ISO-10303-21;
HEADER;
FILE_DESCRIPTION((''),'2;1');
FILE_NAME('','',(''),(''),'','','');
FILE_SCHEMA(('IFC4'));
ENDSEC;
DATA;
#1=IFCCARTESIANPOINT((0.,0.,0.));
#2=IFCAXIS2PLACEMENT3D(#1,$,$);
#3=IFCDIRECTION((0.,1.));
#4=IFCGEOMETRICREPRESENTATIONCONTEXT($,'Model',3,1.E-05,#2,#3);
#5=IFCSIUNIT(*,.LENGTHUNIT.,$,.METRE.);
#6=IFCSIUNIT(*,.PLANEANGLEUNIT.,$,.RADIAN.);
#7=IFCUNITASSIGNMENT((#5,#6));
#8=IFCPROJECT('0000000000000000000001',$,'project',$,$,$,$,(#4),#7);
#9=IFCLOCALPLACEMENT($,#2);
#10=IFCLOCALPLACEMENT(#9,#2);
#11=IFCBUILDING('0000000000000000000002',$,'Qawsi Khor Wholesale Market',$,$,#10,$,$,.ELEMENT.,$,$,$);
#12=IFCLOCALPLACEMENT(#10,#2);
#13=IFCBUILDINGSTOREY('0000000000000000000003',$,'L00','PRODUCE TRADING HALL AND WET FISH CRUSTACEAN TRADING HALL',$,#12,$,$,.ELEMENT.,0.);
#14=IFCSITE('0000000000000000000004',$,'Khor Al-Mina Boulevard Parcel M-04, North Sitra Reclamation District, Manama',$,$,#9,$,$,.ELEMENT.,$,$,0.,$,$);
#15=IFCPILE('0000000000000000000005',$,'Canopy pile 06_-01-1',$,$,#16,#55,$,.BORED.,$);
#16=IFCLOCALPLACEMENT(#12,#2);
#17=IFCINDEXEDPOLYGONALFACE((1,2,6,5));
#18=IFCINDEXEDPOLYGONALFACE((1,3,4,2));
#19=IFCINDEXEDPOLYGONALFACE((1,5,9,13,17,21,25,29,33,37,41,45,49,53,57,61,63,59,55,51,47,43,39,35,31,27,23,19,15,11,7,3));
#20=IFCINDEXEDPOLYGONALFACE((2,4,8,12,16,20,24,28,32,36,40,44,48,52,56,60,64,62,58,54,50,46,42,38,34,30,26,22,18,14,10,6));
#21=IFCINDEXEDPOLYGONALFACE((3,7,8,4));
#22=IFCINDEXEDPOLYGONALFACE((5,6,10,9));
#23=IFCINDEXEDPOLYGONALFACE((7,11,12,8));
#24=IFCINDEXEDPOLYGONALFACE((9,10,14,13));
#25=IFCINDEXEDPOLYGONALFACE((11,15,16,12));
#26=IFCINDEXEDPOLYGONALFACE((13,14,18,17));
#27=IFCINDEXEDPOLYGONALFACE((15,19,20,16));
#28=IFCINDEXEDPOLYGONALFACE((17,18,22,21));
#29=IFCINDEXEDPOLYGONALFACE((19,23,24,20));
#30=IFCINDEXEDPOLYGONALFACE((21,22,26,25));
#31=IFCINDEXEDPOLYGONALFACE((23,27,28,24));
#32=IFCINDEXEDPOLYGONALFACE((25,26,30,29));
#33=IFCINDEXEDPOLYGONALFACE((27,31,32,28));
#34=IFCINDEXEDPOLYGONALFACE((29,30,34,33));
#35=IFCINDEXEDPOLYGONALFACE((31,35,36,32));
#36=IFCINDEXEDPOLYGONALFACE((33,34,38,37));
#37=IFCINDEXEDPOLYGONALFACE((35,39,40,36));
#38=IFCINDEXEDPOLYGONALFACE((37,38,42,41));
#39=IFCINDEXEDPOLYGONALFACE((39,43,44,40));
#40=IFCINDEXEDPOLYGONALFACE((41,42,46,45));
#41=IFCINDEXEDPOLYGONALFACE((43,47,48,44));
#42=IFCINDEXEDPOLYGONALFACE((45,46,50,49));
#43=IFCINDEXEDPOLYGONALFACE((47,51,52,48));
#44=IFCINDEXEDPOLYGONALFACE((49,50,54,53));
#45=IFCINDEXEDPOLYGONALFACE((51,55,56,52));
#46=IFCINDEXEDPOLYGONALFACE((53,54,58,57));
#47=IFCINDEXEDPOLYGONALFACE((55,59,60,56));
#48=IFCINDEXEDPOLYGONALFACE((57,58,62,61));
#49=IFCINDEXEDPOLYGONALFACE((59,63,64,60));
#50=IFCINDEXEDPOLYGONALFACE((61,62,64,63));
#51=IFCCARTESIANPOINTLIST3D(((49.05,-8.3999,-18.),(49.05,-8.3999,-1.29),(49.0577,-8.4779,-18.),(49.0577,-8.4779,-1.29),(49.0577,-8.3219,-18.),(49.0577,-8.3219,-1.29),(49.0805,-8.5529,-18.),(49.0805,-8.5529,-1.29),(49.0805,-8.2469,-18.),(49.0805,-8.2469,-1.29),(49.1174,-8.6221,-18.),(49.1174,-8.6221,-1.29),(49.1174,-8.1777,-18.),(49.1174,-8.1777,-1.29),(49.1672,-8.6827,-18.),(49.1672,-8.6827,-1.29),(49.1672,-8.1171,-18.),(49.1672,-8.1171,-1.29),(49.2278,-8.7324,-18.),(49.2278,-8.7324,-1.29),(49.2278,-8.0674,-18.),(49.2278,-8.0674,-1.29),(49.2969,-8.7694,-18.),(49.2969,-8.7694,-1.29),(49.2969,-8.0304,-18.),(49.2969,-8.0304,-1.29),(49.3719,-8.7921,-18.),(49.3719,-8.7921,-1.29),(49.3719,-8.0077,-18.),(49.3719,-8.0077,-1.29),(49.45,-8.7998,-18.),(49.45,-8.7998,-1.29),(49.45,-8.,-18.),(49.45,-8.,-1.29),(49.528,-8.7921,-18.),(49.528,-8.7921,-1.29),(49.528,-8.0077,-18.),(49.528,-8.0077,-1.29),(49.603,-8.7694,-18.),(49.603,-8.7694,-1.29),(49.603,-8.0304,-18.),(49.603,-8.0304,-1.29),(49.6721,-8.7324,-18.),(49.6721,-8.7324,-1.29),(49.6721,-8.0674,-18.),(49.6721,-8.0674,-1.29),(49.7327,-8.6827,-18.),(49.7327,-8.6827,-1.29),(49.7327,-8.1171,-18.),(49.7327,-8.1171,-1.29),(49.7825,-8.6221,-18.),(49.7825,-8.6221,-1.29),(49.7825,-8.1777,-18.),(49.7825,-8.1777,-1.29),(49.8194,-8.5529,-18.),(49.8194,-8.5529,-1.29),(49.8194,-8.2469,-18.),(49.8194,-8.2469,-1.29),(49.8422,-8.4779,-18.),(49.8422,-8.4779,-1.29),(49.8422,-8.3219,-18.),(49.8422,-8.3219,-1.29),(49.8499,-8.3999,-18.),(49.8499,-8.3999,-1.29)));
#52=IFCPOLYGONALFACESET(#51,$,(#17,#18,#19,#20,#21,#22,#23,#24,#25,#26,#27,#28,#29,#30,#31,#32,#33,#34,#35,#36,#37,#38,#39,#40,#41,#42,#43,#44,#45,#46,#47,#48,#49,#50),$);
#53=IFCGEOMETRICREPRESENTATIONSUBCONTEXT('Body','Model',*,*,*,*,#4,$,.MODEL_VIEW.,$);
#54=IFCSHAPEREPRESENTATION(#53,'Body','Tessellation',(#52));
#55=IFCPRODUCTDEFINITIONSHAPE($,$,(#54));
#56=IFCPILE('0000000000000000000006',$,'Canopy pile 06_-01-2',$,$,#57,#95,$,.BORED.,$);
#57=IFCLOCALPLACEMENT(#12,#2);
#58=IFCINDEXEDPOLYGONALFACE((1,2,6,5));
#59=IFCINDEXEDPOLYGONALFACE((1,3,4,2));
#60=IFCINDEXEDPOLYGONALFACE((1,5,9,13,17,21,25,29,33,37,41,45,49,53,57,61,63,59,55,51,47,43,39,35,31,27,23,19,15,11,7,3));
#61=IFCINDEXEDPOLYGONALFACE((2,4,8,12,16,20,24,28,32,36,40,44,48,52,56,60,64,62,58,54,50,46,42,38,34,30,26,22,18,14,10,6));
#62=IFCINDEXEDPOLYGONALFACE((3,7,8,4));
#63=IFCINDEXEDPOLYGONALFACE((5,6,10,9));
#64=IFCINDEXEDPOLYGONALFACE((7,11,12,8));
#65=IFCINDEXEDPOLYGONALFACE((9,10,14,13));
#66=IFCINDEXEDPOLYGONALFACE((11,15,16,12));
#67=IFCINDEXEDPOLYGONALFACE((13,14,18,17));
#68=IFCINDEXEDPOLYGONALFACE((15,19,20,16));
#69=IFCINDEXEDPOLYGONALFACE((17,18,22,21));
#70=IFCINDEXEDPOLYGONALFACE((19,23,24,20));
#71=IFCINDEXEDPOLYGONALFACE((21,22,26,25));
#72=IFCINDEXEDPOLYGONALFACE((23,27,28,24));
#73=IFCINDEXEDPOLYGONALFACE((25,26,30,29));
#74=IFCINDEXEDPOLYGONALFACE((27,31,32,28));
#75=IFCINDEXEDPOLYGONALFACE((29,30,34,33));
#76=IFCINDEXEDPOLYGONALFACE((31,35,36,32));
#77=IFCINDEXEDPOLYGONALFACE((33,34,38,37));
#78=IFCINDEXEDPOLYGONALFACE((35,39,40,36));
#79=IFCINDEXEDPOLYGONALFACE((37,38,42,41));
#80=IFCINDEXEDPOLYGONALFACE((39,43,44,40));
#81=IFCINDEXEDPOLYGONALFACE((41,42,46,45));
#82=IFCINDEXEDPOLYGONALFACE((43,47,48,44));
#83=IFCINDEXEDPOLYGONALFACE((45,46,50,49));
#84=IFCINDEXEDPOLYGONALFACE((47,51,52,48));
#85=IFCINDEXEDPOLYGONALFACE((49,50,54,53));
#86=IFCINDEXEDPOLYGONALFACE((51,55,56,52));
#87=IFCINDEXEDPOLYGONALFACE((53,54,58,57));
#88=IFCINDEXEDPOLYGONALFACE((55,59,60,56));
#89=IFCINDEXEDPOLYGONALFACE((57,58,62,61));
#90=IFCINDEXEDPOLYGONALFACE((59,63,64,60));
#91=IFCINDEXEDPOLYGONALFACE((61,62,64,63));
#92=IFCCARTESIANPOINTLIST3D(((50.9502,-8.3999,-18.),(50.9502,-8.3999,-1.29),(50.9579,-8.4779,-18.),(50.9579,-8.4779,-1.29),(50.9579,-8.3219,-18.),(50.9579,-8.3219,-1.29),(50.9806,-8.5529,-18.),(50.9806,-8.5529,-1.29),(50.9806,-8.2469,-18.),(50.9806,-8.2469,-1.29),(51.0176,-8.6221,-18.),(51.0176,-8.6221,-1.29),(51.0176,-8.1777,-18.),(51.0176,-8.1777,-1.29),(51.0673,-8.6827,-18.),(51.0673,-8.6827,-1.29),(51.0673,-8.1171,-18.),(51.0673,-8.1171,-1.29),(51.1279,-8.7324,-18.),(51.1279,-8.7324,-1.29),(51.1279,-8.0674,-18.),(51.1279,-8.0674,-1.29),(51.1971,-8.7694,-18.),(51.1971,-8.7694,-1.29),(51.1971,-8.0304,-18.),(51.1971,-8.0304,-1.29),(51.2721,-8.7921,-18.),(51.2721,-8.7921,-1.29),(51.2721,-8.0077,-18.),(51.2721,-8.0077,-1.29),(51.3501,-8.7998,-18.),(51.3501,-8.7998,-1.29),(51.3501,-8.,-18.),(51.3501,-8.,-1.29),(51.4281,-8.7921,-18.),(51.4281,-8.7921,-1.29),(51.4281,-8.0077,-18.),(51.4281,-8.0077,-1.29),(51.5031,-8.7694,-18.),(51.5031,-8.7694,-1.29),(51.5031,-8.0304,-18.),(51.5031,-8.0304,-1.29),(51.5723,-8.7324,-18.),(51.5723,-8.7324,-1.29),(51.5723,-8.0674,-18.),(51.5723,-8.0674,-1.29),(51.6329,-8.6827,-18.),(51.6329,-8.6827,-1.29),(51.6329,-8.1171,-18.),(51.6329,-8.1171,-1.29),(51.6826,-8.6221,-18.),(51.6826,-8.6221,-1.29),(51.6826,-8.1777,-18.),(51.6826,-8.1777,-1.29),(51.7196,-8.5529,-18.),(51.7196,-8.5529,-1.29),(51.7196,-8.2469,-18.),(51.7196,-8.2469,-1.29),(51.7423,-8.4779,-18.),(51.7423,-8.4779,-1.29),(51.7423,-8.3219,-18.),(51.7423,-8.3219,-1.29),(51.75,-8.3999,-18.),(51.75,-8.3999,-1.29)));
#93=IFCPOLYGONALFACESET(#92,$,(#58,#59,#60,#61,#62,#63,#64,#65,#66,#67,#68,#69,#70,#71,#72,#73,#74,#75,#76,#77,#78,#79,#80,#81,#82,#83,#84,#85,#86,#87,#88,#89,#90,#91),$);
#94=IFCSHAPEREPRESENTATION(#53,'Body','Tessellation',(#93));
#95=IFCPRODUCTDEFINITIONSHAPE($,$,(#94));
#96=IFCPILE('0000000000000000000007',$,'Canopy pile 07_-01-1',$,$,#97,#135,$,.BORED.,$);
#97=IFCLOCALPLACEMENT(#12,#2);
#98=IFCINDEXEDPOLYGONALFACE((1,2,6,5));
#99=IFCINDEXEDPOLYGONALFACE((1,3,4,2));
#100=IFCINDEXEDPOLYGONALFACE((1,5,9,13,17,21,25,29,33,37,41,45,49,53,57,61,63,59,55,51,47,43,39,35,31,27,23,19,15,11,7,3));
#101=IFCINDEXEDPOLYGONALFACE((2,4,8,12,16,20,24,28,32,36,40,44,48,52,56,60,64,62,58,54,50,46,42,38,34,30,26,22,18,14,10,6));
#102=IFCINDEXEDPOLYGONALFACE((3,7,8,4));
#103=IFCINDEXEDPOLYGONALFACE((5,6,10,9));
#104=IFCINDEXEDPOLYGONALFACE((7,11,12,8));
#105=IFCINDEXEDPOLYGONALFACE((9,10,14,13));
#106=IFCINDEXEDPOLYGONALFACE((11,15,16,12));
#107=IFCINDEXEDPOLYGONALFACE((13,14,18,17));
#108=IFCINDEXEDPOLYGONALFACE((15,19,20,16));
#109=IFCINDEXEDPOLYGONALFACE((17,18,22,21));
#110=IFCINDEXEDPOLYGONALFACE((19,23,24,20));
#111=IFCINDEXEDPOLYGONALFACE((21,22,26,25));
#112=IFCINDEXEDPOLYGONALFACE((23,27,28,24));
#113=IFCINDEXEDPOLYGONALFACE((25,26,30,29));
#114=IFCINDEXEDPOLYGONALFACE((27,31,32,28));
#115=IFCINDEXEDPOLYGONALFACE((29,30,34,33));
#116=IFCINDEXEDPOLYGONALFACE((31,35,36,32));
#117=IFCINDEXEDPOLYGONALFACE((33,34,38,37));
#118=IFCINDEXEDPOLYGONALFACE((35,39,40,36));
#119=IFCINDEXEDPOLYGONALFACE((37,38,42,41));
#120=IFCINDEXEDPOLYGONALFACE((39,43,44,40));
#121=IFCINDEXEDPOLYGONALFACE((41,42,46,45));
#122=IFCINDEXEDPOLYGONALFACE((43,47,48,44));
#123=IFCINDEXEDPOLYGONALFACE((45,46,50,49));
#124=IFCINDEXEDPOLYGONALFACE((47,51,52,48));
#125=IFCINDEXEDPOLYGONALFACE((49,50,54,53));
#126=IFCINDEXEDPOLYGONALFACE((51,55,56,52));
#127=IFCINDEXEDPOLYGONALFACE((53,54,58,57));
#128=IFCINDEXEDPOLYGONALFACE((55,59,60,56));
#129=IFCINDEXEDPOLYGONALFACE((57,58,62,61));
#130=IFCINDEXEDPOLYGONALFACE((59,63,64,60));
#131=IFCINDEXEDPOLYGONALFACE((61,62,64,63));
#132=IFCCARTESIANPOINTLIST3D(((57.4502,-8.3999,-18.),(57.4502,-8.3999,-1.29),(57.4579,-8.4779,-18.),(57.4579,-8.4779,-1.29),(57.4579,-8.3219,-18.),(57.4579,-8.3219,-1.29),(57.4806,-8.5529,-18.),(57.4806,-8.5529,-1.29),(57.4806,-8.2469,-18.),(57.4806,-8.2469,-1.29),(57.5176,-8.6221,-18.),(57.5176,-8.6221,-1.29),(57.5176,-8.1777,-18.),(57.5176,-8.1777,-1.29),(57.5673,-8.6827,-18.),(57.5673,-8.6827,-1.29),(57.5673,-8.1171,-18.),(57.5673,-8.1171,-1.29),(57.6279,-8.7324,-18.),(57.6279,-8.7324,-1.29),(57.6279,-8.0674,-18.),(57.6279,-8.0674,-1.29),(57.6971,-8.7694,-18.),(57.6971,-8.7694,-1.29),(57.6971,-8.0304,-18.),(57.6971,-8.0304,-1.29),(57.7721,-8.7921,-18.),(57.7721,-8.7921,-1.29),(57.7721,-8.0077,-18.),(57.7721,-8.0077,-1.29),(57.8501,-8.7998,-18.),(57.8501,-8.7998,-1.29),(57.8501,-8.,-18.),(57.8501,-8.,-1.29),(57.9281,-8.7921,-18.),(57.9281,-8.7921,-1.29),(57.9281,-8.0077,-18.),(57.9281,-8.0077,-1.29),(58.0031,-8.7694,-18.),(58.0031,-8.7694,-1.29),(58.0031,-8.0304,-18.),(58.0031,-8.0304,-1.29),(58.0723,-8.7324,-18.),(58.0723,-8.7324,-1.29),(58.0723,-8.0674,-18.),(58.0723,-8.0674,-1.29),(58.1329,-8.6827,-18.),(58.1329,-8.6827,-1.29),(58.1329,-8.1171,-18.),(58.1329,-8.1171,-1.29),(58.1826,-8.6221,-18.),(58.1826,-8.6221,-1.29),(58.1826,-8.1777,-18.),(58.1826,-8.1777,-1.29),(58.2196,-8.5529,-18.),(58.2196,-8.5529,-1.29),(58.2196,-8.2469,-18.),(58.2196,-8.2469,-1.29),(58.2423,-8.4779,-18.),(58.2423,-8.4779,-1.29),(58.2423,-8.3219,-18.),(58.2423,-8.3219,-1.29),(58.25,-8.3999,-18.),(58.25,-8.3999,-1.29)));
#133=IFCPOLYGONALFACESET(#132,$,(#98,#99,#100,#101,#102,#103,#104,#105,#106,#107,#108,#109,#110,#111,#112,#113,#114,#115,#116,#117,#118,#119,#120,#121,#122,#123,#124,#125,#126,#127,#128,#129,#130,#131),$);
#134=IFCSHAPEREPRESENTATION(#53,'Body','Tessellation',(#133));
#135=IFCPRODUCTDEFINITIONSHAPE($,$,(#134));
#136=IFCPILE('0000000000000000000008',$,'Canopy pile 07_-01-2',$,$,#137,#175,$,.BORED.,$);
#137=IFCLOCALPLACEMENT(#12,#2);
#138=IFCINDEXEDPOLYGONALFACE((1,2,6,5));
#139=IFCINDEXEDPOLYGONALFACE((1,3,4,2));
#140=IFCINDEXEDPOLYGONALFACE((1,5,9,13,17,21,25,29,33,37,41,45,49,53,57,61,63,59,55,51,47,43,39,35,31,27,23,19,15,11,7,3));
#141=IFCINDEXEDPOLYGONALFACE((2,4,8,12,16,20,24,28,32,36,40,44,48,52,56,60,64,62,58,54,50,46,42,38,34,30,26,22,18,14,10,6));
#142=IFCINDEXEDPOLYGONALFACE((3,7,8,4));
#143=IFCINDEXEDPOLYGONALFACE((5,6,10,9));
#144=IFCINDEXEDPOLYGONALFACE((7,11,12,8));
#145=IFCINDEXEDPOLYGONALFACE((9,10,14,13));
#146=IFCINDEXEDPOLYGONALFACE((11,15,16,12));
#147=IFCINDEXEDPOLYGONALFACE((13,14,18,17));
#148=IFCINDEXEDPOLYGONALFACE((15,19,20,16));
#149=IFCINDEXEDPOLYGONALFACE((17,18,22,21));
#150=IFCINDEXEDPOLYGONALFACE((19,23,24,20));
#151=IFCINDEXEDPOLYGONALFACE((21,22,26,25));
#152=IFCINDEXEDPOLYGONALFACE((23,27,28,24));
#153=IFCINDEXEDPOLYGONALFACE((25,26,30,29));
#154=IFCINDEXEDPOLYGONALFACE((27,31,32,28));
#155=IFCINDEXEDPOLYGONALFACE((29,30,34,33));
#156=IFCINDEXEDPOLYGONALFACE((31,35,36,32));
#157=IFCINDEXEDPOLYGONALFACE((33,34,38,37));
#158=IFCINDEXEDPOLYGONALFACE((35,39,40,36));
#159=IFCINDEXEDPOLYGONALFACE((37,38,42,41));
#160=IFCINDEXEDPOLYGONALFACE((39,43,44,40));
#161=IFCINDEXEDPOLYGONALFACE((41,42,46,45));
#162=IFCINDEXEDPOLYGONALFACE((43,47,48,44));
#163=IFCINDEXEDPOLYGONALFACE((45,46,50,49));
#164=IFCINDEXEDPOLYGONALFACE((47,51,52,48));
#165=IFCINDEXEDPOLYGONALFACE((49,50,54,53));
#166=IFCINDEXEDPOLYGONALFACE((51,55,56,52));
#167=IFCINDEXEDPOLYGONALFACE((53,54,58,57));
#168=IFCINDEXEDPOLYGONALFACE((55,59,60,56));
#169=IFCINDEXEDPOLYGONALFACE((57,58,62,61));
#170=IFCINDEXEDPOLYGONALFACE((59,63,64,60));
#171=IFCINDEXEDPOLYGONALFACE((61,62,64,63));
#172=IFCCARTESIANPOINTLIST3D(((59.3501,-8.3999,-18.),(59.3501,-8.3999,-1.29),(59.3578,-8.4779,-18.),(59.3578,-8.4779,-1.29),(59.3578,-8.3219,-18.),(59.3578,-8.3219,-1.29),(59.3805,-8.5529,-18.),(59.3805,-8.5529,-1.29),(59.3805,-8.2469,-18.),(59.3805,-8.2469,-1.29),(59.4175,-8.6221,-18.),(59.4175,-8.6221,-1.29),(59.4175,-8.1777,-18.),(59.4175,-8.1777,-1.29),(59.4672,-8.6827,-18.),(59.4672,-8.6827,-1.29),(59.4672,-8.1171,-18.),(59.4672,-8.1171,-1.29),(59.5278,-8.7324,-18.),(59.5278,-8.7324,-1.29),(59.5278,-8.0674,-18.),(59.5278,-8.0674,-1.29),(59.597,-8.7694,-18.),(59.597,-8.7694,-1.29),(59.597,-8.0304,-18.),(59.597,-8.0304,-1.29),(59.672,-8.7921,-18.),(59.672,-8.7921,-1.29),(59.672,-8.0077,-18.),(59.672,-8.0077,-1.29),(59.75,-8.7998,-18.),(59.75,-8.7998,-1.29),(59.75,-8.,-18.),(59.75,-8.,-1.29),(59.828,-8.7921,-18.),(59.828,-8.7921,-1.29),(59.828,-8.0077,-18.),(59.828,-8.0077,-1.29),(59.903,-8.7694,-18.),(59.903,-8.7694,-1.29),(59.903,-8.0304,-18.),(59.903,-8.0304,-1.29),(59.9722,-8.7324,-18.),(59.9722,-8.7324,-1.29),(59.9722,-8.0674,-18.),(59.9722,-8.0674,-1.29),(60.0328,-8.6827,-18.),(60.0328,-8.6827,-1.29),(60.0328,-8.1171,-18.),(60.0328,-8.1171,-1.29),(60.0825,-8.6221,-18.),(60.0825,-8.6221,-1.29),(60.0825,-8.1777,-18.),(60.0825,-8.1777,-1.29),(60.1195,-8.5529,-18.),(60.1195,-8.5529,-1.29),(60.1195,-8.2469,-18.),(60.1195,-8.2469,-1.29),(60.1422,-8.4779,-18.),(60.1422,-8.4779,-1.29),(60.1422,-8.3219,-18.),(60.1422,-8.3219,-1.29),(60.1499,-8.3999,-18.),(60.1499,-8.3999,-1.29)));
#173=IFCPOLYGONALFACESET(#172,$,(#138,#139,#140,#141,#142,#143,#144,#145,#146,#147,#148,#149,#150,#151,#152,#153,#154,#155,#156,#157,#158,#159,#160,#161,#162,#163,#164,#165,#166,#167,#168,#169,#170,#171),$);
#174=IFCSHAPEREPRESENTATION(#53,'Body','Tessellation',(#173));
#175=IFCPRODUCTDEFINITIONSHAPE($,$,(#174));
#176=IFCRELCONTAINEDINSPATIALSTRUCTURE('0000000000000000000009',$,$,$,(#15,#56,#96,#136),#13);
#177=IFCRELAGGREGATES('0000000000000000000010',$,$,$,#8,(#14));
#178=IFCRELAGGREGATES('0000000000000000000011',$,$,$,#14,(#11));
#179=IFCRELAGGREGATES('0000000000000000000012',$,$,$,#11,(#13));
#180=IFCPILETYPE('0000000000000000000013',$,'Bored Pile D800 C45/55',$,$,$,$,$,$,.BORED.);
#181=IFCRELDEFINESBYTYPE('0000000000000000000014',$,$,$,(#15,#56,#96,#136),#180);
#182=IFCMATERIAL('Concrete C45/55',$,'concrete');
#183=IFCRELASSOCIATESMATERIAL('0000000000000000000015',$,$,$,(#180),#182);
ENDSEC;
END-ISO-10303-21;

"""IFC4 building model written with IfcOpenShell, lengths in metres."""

from ifc_helpers import new_model, si_unit, direction, frame, origin, origin_2d, place, context, subcontext, project, spatial, circle, extrude, material, material_profile, profile_set, type_object, element, save


model = new_model("IFC4")

# Units and contexts
model_context = context("Model", 3, precision=1e-05, world=origin(), true_north=direction((0.0, 1.0)))
body_context = subcontext(model_context, "Body", "Model", "MODEL_VIEW")
ifc_project = project(units=[si_unit("LENGTHUNIT", "METRE"), si_unit("PLANEANGLEUNIT", "RADIAN")], contexts=[model_context])

# Site, building, storey
site_placement = place(None, origin())
site = spatial("IfcSite", under=ifc_project, at=site_placement, Name="Khor Al-Mina Boulevard Parcel M-04, North Sitra Reclamation District, Manama", CompositionType="ELEMENT", RefElevation=0.0)
building_placement = place(site_placement, origin())
building = spatial("IfcBuilding", under=site, at=building_placement, Name="Qawsi Khor Wholesale Market", CompositionType="ELEMENT")
storey_placement = place(building_placement, origin())
storey = spatial("IfcBuildingStorey", under=building, at=storey_placement, Name="L00", Description="PRODUCE TRADING HALL AND WET FISH CRUSTACEAN TRADING HALL", CompositionType="ELEMENT", Elevation=0.0)

# Piles
ifc_material_1 = material(Name="Concrete C45/55", Category="concrete")
ifc_material_profile_1 = material_profile(ifc_material_1, circle(Radius=0.3999, at=origin_2d()), Name="PILE D800")
ifc_profile_set_1 = profile_set([ifc_material_profile_1], Name="Concrete C45/55")
pile_type_1 = type_object("IfcPileType", Name="Bored Pile D800 C45/55", PredefinedType="BORED", material=ifc_profile_set_1)
for number, where, z_axis, x_axis, name in (
    (1, (49.45, -8.3999, -1.29), (0.0, 0.0, -1.0), (1.0, 0.0, 0.0), "Canopy pile 06_-01-1"),
    (2, (51.3501, -8.3999, -1.29), (0.0, 0.0, -1.0), (1.0, 0.0, 0.0), "Canopy pile 06_-01-2"),
    (3, (57.8501, -8.3999, -1.29), (0.0, 0.0, -1.0), (1.0, 0.0, 0.0), "Canopy pile 07_-01-1"),
    (4, (59.75, -8.3999, -1.29), (0.0, 0.0, -1.0), (1.0, 0.0, 0.0), "Canopy pile 07_-01-2"),
):
    element("IfcPile", number, at=place(storey_placement, frame(where, z_axis=z_axis, x_axis=x_axis)), inside=storey, type_object=pile_type_1, Name=name, PredefinedType="BORED", context=body_context, shape_type="SweptSolid", body=[
        extrude(circle(Radius=0.3999, at=origin_2d()), origin(), (0.0, 0.0, 1.0), 16.71),
    ])

save(model, "model.ifc")
